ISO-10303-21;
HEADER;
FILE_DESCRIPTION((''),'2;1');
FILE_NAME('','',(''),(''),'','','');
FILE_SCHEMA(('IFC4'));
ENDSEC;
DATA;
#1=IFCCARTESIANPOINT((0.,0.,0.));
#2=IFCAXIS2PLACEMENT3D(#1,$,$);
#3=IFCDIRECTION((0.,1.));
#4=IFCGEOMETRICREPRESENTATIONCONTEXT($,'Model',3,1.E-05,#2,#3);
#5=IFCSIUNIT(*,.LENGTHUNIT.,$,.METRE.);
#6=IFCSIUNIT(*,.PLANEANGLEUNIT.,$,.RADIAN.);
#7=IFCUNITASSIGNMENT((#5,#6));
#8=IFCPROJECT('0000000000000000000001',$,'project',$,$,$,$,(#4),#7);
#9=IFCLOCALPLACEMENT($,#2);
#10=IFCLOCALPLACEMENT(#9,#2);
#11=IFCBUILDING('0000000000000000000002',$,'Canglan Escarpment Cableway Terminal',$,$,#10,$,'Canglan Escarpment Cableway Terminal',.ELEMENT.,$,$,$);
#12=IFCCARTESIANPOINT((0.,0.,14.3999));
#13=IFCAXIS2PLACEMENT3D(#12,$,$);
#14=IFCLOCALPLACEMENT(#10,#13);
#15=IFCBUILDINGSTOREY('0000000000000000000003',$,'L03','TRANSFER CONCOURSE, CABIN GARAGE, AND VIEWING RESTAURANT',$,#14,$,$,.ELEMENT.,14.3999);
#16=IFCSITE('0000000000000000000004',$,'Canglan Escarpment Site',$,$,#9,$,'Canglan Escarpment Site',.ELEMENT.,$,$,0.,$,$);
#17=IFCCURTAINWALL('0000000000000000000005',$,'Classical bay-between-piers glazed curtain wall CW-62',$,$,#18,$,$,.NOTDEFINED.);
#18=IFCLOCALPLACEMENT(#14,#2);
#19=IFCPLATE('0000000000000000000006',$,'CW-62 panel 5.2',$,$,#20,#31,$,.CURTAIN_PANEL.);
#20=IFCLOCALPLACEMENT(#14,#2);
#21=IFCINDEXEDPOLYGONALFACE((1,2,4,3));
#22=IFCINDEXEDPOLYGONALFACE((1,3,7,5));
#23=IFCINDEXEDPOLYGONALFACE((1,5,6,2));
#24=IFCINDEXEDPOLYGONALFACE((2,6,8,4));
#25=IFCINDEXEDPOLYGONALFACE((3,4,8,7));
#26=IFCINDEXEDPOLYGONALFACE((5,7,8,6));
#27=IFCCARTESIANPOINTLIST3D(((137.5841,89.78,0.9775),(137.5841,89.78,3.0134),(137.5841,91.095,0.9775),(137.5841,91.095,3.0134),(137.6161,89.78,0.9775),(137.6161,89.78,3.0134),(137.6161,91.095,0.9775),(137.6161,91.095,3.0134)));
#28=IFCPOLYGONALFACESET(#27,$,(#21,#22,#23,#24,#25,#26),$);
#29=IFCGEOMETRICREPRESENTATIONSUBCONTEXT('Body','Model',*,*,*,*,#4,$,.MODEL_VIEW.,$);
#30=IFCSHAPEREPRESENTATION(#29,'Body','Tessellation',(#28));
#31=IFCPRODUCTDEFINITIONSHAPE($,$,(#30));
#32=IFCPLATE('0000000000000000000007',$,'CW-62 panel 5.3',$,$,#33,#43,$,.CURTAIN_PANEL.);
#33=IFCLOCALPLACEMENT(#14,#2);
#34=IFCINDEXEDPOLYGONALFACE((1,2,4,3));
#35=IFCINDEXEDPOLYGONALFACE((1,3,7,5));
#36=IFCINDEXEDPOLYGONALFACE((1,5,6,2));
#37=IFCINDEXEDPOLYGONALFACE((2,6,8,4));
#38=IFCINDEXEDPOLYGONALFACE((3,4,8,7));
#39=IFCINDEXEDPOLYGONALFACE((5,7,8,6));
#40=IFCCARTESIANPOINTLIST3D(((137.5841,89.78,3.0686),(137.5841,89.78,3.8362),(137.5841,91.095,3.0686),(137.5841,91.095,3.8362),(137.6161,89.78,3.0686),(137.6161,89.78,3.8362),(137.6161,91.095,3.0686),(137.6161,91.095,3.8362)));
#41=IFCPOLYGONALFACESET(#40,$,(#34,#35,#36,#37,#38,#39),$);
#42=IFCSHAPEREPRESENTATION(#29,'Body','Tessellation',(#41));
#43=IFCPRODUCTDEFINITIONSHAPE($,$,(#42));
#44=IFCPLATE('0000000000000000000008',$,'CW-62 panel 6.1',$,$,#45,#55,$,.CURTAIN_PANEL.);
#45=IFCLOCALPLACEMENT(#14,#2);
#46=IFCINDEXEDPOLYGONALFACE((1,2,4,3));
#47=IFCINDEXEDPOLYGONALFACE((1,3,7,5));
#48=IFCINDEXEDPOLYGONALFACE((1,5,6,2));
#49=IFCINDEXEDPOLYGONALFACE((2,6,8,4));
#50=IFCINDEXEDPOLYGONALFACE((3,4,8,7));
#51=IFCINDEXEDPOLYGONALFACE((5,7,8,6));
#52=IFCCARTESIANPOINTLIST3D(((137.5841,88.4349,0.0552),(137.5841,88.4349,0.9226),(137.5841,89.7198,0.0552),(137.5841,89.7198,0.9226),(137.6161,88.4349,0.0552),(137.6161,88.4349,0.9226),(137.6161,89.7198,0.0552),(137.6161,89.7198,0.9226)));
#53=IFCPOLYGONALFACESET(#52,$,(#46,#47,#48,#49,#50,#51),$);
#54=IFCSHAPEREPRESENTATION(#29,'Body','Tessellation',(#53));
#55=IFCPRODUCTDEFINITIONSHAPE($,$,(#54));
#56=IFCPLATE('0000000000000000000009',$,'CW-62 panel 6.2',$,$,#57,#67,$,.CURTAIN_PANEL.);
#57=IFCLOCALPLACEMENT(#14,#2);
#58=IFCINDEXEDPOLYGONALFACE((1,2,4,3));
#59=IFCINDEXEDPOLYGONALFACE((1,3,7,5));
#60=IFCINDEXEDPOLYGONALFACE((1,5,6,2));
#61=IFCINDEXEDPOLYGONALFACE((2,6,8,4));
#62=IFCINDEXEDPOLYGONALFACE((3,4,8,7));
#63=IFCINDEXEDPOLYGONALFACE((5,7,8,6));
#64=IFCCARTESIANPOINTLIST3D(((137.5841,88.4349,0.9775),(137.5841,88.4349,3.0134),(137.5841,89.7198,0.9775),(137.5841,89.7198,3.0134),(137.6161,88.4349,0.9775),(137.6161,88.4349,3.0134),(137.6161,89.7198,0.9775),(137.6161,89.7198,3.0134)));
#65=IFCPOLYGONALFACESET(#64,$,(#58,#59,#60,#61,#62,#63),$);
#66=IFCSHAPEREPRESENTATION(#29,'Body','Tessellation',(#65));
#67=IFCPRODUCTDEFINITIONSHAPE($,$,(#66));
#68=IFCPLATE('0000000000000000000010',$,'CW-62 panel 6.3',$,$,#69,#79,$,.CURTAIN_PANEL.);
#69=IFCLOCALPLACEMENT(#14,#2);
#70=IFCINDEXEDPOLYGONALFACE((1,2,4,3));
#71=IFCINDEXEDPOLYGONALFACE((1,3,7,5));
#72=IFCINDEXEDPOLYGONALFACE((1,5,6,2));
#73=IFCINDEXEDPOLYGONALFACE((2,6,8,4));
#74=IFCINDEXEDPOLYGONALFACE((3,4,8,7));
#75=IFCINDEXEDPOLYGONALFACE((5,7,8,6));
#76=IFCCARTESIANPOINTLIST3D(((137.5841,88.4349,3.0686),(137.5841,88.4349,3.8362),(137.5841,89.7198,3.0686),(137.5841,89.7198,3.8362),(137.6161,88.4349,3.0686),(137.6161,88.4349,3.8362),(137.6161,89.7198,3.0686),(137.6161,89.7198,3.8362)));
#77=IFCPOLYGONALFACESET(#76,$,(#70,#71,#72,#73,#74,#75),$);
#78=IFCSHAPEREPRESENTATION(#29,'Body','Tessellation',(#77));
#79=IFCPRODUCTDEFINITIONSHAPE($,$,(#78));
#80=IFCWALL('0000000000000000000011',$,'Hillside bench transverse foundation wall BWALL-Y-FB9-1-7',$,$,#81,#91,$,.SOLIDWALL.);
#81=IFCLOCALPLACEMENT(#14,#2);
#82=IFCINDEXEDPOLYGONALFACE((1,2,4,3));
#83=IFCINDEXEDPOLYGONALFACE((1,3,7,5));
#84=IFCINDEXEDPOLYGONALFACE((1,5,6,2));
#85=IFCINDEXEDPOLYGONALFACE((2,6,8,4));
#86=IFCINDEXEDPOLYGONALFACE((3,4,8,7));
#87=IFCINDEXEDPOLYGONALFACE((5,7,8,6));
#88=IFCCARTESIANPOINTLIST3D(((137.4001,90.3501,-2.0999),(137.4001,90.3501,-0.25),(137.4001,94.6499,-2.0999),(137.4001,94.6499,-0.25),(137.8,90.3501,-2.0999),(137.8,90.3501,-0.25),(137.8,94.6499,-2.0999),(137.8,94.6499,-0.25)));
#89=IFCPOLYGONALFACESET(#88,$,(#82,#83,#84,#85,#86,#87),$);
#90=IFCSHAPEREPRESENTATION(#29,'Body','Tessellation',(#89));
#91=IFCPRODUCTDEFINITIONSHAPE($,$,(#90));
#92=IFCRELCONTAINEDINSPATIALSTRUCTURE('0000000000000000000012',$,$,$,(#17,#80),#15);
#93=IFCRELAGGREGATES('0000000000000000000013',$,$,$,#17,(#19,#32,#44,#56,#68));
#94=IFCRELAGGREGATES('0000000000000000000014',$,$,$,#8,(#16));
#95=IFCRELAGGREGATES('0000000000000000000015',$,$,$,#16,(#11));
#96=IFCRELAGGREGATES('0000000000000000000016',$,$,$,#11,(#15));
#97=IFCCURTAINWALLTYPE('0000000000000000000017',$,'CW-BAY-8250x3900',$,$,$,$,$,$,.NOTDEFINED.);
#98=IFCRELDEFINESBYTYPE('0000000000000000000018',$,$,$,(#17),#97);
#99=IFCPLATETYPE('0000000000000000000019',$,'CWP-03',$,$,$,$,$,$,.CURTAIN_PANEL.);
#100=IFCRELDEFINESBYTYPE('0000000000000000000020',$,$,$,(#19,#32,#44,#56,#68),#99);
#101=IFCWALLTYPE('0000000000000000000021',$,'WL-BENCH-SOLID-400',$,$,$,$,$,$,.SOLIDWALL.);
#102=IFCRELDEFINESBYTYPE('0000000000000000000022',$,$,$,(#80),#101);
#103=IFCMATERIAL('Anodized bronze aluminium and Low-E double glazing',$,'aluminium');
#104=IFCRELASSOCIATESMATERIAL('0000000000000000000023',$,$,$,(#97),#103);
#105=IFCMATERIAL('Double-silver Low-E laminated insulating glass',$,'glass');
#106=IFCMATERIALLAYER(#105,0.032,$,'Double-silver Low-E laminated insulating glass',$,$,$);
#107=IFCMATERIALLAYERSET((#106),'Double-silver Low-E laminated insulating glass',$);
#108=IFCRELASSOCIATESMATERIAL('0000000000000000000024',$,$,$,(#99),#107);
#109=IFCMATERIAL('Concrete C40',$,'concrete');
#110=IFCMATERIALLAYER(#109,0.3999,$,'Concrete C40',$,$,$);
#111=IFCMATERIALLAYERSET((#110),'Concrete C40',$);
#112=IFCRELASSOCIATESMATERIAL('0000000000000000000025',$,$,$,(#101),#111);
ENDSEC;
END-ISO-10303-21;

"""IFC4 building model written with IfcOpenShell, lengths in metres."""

from ifc_helpers import new_model, si_unit, direction, frame, frame_2d, origin, origin_2d, place, context, subcontext, project, spatial, rectangle, extrude, material, layer, layer_set, type_object, element, aggregate, save


model = new_model("IFC4")

# Units and contexts
model_context = context("Model", 3, precision=1e-05, world=origin(), true_north=direction((0.0, 1.0)))
body_context = subcontext(model_context, "Body", "Model", "MODEL_VIEW")
ifc_project = project(units=[si_unit("LENGTHUNIT", "METRE"), si_unit("PLANEANGLEUNIT", "RADIAN")], contexts=[model_context])

# Site, building, storey
site_placement = place(None, origin())
site = spatial("IfcSite", under=ifc_project, at=site_placement, Name="Canglan Escarpment Site", LongName="Canglan Escarpment Site", CompositionType="ELEMENT", RefElevation=0.0)
building_placement = place(site_placement, origin())
building = spatial("IfcBuilding", under=site, at=building_placement, Name="Canglan Escarpment Cableway Terminal", LongName="Canglan Escarpment Cableway Terminal", CompositionType="ELEMENT")
storey_placement = place(building_placement, frame((0.0, 0.0, 14.3999)))
storey = spatial("IfcBuildingStorey", under=building, at=storey_placement, Name="L03", Description="TRANSFER CONCOURSE, CABIN GARAGE, AND VIEWING RESTAURANT", CompositionType="ELEMENT", Elevation=14.3999)

# Curtain wall, plates
ifc_material_1 = material(Name="Anodized bronze aluminium and Low-E double glazing", Category="aluminium")
curtain_wall_type = type_object("IfcCurtainWallType", Name="CW-BAY-8250x3900", PredefinedType="NOTDEFINED", material=ifc_material_1)
curtain_wall_placement = place(storey_placement, origin())
curtain_wall = element("IfcCurtainWall", 1, at=curtain_wall_placement, inside=storey, type_object=curtain_wall_type, Name="Classical bay-between-piers glazed curtain wall CW-62", PredefinedType="NOTDEFINED")
ifc_material_2 = material(Name="Double-silver Low-E laminated insulating glass", Category="glass")
ifc_layer_1 = layer(ifc_material_2, 0.032, Name="Double-silver Low-E laminated insulating glass")
ifc_layer_set_1 = layer_set([ifc_layer_1], Name="Double-silver Low-E laminated insulating glass")
plate_type = type_object("IfcPlateType", Name="CWP-03", PredefinedType="CURTAIN_PANEL", material=ifc_layer_set_1)
plate_1_placement = place(storey_placement, frame((137.6001, 90.4375, 0.9775), z_axis=(0.0, 0.0, 1.0), x_axis=(0.0, -1.0, 0.0)))
plate_1 = element("IfcPlate", 2, at=plate_1_placement, type_object=plate_type, Name="CW-62 panel 5.2", PredefinedType="CURTAIN_PANEL", context=body_context, shape_type="SweptSolid", body=[
    extrude(rectangle(XDim=1.3149, YDim=0.032, at=origin_2d()), origin(), (0.0, 0.0, 1.0), 2.0359),
])
plate_2_placement = place(storey_placement, frame((137.6001, 90.4375, 3.0686), z_axis=(0.0, 0.0, 1.0), x_axis=(0.0, -1.0, 0.0)))
plate_2 = element("IfcPlate", 3, at=plate_2_placement, type_object=plate_type, Name="CW-62 panel 5.3", PredefinedType="CURTAIN_PANEL", context=body_context, shape_type="SweptSolid", body=[
    extrude(rectangle(XDim=1.3149, YDim=0.032, at=origin_2d()), origin(), (0.0, 0.0, 1.0), 0.7676),
])
plate_3_placement = place(storey_placement, frame((137.6001, 89.0774, 0.0552), z_axis=(0.0, 0.0, 1.0), x_axis=(0.0, -1.0, 0.0)))
plate_3 = element("IfcPlate", 4, at=plate_3_placement, type_object=plate_type, Name="CW-62 panel 6.1", PredefinedType="CURTAIN_PANEL", context=body_context, shape_type="SweptSolid", body=[
    extrude(rectangle(XDim=1.2849, YDim=0.032, at=origin_2d()), origin(), (0.0, 0.0, 1.0), 0.8674),
])
plate_4_placement = place(storey_placement, frame((137.6001, 89.0774, 0.9775), z_axis=(0.0, 0.0, 1.0), x_axis=(0.0, -1.0, 0.0)))
plate_4 = element("IfcPlate", 5, at=plate_4_placement, type_object=plate_type, Name="CW-62 panel 6.2", PredefinedType="CURTAIN_PANEL", context=body_context, shape_type="SweptSolid", body=[
    extrude(rectangle(XDim=1.2849, YDim=0.032, at=origin_2d()), origin(), (0.0, 0.0, 1.0), 2.0359),
])
plate_5_placement = place(storey_placement, frame((137.6001, 89.0774, 3.0686), z_axis=(0.0, 0.0, 1.0), x_axis=(0.0, -1.0, 0.0)))
plate_5 = element("IfcPlate", 6, at=plate_5_placement, type_object=plate_type, Name="CW-62 panel 6.3", PredefinedType="CURTAIN_PANEL", context=body_context, shape_type="SweptSolid", body=[
    extrude(rectangle(XDim=1.2849, YDim=0.032, at=origin_2d()), origin(), (0.0, 0.0, 1.0), 0.7676),
])
aggregate(curtain_wall, [plate_1, plate_2, plate_3, plate_4, plate_5])

# Wall
ifc_material_3 = material(Name="Concrete C40", Category="concrete")
ifc_layer_2 = layer(ifc_material_3, 0.3999, Name="Concrete C40")
ifc_layer_set_2 = layer_set([ifc_layer_2], Name="Concrete C40")
wall_type = type_object("IfcWallType", Name="WL-BENCH-SOLID-400", PredefinedType="SOLIDWALL", material=ifc_layer_set_2)
wall_placement = place(storey_placement, frame((137.6001, 90.3501, -2.0999), z_axis=(0.0, 0.0, 1.0), x_axis=(0.0, 1.0, 0.0)))
element("IfcWall", 7, at=wall_placement, inside=storey, type_object=wall_type, Name="Hillside bench transverse foundation wall BWALL-Y-FB9-1-7", PredefinedType="SOLIDWALL", context=body_context, shape_type="SweptSolid", body=[
    extrude(rectangle(XDim=4.2998, YDim=0.3999, at=frame_2d((2.1499, 0.0))), origin(), (0.0, 0.0, 1.0), 1.8499),
])

save(model, "model.ifc")
